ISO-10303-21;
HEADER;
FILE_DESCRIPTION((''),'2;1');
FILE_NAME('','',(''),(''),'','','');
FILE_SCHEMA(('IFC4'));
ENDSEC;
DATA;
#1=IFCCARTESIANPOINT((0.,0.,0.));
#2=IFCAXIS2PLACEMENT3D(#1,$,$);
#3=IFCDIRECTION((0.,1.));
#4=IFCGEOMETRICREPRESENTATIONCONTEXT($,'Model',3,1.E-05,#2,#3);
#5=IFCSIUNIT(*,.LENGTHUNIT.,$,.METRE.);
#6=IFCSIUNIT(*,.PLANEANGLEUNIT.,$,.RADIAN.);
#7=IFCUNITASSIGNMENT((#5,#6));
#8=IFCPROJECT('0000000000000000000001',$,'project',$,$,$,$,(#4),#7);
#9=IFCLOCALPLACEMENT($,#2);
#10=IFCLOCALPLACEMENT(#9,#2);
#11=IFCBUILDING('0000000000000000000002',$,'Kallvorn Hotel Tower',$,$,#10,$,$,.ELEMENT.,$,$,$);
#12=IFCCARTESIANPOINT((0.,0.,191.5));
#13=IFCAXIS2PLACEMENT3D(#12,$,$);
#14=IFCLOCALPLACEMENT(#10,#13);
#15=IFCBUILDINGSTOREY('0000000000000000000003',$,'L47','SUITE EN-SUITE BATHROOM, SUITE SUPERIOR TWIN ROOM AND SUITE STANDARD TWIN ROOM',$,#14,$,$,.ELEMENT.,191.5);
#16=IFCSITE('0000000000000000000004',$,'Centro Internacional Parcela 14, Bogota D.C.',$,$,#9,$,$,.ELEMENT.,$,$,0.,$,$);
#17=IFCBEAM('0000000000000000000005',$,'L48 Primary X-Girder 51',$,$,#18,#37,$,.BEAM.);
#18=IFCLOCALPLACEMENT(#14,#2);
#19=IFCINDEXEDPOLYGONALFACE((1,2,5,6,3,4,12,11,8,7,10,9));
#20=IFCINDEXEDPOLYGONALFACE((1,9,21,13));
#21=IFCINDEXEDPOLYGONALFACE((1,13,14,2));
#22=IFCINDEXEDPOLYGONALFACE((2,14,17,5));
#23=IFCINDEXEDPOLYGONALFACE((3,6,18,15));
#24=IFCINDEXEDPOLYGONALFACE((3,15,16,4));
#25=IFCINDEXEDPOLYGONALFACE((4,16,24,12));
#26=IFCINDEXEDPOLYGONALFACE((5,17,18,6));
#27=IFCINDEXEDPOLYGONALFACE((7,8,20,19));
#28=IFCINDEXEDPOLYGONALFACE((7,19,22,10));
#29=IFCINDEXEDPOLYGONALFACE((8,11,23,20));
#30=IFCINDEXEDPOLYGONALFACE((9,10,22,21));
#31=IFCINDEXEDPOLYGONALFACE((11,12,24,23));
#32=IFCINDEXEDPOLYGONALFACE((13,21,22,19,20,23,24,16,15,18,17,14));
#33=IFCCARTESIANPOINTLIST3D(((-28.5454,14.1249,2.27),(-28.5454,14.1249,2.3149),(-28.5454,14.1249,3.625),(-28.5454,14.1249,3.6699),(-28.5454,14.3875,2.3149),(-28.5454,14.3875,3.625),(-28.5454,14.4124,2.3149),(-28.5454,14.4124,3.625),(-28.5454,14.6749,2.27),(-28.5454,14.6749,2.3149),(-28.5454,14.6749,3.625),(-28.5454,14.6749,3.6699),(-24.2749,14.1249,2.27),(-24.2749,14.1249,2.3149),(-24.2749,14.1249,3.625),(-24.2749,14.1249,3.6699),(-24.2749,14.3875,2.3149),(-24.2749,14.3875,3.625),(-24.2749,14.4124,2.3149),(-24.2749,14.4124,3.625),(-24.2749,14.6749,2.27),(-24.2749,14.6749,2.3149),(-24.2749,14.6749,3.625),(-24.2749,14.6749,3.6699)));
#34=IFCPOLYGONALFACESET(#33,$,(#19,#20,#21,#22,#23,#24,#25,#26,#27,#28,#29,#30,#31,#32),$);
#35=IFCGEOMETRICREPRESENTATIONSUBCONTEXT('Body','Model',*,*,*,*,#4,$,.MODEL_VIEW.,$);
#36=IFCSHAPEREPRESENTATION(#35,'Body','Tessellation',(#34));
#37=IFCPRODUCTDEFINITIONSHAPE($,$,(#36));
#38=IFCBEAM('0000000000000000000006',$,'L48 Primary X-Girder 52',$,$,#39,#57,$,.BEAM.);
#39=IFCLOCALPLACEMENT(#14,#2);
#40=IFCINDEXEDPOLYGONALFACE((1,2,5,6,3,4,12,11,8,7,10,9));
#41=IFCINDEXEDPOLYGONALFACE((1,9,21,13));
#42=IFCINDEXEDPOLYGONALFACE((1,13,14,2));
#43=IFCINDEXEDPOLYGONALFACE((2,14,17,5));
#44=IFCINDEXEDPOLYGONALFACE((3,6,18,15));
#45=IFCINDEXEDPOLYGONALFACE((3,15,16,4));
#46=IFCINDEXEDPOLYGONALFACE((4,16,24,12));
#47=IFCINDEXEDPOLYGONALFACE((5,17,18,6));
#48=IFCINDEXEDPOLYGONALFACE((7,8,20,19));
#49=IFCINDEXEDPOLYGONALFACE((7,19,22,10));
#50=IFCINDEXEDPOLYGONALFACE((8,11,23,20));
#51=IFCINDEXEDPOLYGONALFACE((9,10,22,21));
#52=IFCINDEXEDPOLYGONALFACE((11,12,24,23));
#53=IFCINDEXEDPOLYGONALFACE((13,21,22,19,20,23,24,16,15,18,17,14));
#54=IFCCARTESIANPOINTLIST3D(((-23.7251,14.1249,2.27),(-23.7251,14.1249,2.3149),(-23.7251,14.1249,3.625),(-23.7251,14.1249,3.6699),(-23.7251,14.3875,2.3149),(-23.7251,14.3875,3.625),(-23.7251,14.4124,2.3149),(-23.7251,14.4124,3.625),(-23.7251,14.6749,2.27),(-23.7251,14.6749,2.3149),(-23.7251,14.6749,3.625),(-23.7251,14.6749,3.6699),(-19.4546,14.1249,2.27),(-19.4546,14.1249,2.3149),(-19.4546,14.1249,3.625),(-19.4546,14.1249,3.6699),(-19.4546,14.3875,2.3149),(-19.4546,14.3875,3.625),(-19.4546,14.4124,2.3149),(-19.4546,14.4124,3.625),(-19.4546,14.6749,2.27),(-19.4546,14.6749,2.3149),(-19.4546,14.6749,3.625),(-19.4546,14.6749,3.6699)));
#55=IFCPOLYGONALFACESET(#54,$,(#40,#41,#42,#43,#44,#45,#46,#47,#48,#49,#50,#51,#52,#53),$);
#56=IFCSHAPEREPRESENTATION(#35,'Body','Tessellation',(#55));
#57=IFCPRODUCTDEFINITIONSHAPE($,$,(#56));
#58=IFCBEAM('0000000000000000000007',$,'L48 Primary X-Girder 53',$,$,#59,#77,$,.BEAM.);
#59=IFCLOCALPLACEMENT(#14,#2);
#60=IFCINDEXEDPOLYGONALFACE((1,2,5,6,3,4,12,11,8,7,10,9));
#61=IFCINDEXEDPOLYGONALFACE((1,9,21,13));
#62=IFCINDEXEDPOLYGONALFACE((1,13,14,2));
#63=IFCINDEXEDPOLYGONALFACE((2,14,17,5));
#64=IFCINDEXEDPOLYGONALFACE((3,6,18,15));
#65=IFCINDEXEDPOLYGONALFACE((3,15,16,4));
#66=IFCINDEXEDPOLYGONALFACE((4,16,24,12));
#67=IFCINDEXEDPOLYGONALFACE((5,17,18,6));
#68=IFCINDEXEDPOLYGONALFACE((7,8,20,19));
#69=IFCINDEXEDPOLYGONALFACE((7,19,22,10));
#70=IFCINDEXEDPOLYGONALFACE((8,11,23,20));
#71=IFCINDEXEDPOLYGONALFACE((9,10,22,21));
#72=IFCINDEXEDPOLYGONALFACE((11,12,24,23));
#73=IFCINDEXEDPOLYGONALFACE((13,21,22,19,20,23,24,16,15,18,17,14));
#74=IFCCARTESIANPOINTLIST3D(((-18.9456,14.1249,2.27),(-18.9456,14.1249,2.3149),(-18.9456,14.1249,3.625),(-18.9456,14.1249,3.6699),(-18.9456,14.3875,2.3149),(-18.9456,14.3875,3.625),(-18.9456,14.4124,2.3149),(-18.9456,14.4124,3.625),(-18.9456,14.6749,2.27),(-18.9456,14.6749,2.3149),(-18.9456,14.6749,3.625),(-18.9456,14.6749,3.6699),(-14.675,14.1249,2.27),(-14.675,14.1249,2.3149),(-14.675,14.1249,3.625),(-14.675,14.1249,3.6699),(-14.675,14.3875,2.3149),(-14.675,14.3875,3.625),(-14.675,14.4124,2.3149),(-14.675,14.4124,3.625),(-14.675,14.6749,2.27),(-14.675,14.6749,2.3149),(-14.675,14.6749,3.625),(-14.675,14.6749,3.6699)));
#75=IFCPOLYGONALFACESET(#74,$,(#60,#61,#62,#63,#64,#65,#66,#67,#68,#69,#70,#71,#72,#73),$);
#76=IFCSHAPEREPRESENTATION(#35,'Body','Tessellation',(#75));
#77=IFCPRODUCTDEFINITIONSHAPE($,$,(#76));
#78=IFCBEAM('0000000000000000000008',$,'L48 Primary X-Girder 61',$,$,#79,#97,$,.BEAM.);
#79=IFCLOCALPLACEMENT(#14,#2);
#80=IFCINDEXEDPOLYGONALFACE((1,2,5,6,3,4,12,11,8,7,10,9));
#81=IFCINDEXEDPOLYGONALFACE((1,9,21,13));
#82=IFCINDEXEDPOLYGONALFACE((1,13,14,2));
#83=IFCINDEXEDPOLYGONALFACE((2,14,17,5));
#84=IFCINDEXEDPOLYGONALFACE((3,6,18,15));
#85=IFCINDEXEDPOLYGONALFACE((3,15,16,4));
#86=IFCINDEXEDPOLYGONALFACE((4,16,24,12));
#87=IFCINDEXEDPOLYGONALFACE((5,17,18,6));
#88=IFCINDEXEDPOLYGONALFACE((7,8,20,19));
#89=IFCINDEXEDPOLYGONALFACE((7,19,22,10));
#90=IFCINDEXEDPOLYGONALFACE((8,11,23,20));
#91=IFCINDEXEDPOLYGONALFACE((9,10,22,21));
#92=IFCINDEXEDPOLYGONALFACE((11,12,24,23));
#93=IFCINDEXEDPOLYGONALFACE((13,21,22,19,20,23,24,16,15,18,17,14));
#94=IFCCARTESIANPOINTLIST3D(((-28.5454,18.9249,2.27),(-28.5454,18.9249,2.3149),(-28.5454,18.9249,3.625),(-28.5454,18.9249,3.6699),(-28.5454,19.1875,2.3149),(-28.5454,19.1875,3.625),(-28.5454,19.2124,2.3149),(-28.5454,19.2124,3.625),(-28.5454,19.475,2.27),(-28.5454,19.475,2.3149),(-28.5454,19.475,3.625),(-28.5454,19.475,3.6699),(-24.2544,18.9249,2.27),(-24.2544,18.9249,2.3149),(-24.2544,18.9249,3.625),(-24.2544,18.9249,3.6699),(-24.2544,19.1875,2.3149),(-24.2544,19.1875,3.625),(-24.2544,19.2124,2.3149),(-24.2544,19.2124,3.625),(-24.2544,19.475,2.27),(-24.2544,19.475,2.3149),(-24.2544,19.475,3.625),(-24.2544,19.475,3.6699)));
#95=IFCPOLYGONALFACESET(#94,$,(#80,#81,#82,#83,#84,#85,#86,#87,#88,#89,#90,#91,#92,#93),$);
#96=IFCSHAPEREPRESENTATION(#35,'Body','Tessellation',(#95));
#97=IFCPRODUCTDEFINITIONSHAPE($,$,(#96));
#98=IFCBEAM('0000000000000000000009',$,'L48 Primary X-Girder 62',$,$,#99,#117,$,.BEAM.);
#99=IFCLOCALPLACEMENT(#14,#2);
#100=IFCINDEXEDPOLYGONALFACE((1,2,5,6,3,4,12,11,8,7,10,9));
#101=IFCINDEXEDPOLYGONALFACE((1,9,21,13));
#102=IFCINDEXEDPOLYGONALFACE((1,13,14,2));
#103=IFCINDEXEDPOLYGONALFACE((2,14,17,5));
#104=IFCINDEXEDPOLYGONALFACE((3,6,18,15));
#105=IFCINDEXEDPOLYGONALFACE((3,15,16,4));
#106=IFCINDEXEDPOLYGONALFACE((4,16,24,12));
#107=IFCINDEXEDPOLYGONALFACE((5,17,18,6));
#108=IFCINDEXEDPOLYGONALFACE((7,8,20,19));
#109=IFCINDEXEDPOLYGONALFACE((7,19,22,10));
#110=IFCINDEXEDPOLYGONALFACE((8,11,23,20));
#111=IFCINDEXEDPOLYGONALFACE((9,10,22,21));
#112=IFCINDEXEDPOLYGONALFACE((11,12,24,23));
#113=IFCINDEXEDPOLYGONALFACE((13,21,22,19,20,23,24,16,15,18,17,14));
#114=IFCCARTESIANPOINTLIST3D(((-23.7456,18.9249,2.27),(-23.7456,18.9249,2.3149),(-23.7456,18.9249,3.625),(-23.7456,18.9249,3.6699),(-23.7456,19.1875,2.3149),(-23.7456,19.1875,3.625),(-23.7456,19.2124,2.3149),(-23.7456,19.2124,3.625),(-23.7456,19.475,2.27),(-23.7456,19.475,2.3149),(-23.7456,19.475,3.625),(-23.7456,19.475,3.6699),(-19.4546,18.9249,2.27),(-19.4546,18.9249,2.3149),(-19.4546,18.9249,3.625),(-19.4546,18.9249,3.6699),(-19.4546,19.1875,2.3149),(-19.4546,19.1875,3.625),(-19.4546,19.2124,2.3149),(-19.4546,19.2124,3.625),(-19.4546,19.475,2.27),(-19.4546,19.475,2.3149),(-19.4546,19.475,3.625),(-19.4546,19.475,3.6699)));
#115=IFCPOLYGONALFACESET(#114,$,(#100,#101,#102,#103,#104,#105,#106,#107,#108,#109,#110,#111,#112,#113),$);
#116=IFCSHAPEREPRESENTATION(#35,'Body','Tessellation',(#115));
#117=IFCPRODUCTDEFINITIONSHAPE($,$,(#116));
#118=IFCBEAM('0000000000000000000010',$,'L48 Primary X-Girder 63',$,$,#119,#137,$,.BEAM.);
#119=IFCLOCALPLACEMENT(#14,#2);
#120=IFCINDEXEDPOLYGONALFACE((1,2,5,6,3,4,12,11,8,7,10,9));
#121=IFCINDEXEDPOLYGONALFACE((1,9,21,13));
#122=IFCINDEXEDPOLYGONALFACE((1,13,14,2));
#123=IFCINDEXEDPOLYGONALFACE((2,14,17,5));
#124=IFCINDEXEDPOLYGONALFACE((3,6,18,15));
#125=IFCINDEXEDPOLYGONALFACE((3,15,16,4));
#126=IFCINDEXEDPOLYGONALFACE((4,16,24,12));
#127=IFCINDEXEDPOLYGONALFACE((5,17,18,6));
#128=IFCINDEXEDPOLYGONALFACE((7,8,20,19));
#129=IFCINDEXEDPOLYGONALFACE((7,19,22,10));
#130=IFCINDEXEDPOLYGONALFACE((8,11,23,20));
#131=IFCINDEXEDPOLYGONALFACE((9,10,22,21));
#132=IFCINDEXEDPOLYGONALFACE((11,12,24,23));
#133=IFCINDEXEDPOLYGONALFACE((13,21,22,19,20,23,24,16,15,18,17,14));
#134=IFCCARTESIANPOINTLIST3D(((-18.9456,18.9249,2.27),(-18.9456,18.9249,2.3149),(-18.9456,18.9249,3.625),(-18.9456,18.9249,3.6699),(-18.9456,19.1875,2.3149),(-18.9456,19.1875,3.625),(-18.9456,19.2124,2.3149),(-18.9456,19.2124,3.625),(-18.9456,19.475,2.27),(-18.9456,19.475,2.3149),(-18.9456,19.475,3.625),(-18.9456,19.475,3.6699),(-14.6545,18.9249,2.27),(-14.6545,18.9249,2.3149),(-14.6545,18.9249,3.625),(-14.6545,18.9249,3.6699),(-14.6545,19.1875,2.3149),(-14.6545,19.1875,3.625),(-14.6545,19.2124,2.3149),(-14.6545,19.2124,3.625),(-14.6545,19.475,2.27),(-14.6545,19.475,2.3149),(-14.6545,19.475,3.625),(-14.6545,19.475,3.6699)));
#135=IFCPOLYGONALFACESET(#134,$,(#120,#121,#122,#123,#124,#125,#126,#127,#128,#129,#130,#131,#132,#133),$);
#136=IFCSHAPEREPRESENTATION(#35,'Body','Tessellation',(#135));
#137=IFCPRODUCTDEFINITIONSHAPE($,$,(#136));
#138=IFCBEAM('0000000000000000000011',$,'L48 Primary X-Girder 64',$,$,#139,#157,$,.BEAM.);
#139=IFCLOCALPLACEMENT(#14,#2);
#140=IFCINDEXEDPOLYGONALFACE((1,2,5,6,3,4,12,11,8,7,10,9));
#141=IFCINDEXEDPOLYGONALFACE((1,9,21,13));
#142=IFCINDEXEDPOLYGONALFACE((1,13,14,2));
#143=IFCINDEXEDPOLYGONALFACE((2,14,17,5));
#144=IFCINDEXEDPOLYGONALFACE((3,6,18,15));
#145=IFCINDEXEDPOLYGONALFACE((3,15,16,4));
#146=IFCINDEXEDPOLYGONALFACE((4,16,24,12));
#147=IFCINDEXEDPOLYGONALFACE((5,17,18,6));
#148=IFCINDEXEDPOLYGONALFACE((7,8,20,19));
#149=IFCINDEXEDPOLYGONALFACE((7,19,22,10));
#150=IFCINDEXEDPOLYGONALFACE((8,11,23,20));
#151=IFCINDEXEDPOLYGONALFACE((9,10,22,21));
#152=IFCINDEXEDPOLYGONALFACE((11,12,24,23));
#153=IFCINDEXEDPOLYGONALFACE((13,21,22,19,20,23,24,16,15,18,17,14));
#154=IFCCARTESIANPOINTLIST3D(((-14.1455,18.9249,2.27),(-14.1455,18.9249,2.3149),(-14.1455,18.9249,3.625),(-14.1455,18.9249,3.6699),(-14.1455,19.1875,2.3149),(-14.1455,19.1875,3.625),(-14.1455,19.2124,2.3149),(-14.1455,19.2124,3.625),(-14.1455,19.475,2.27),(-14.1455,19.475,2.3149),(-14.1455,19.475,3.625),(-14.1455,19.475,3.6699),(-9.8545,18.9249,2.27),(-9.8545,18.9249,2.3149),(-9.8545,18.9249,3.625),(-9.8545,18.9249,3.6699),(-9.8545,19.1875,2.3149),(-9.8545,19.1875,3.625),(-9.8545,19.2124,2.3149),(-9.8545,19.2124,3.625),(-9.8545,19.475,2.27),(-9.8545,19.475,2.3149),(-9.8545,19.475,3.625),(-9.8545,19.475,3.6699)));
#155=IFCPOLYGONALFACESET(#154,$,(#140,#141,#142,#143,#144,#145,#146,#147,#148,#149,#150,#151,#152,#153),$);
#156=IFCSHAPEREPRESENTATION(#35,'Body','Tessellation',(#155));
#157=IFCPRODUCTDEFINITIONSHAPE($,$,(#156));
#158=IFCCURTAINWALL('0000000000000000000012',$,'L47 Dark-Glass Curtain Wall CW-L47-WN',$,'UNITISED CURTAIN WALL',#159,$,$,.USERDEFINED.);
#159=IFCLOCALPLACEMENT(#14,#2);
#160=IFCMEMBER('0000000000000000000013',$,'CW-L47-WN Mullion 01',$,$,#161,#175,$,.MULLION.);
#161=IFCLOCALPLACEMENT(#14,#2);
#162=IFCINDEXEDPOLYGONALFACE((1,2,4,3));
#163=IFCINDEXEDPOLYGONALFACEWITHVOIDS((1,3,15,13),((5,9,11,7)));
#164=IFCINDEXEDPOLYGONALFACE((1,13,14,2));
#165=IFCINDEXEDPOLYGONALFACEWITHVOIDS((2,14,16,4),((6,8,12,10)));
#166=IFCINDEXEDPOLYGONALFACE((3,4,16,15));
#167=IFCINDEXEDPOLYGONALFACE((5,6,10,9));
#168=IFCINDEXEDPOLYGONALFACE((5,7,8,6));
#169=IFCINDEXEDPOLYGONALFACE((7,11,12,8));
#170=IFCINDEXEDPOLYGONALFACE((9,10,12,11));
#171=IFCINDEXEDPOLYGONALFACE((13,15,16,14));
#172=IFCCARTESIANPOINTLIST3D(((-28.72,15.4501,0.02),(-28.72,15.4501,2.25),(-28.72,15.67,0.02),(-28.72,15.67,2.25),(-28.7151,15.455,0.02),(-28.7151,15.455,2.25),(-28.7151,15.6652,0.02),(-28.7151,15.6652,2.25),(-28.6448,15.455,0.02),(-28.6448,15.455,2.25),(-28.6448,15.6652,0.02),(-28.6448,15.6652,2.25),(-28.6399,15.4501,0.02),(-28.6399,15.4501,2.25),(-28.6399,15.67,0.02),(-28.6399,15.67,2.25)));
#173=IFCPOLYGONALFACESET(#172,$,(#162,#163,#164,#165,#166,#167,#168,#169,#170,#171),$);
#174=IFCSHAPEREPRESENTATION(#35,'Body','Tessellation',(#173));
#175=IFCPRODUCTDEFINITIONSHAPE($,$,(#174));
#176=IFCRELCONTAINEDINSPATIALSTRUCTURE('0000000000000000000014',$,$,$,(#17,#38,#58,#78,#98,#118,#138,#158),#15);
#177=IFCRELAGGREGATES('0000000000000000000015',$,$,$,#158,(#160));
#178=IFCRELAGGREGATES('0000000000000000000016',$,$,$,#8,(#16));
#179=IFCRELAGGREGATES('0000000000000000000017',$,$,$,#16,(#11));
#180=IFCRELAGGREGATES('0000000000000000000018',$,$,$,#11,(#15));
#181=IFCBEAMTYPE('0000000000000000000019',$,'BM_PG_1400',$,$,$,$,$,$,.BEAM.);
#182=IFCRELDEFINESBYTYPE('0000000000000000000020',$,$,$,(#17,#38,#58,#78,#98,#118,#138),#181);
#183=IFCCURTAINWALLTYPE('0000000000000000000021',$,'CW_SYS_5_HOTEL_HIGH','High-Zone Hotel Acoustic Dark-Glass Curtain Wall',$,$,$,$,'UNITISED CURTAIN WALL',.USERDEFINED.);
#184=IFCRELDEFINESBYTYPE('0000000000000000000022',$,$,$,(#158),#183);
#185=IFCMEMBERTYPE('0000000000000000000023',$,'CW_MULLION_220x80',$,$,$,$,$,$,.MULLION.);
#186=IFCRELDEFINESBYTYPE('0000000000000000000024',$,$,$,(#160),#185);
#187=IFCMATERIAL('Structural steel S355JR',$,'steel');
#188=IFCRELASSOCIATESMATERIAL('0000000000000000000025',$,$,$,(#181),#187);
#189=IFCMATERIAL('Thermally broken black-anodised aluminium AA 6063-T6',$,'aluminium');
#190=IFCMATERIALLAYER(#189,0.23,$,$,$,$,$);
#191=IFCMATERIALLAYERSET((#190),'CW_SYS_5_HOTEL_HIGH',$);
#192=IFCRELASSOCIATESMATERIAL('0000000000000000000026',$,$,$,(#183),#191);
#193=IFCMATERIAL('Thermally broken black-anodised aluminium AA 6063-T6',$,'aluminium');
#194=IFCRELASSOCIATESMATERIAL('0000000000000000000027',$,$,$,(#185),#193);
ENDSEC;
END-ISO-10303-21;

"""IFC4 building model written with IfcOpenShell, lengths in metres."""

from ifc_helpers import new_model, si_unit, direction, frame, origin, origin_2d, place, context, subcontext, project, spatial, hollow_rectangle, i_section, extrude, material, layer, layer_set, material_profile, profile_set, type_object, element, aggregate, save


model = new_model("IFC4")

# Units and contexts
model_context = context("Model", 3, precision=1e-05, world=origin(), true_north=direction((0.0, 1.0)))
body_context = subcontext(model_context, "Body", "Model", "MODEL_VIEW")
ifc_project = project(units=[si_unit("LENGTHUNIT", "METRE"), si_unit("PLANEANGLEUNIT", "RADIAN")], contexts=[model_context])

# Site, building, storey
site_placement = place(None, origin())
site = spatial("IfcSite", under=ifc_project, at=site_placement, Name="Centro Internacional Parcela 14, Bogota D.C.", CompositionType="ELEMENT", RefElevation=0.0)
building_placement = place(site_placement, origin())
building = spatial("IfcBuilding", under=site, at=building_placement, Name="Kallvorn Hotel Tower", CompositionType="ELEMENT")
storey_placement = place(building_placement, frame((0.0, 0.0, 191.5)))
storey = spatial("IfcBuildingStorey", under=building, at=storey_placement, Name="L47", Description="SUITE EN-SUITE BATHROOM, SUITE SUPERIOR TWIN ROOM AND SUITE STANDARD TWIN ROOM", CompositionType="ELEMENT", Elevation=191.5)

# Beams
ifc_material_1 = material(Name="Structural steel S355JR", Category="steel")
ifc_material_profile_1 = material_profile(ifc_material_1, i_section(OverallWidth=0.55, OverallDepth=1.3999, WebThickness=0.0249, FlangeThickness=0.0449, at=origin_2d()), Name="PG 1400x550x25x45")
ifc_profile_set_1 = profile_set([ifc_material_profile_1], Name="Structural steel S355JR")
beam_type_1 = type_object("IfcBeamType", Name="BM_PG_1400", PredefinedType="BEAM", material=ifc_profile_set_1)
for number, where, z_axis, x_axis, name in (
    (1, (-28.5454, 14.3999, 2.97), (1.0, 0.0, 0.0), (0.0, 1.0, 0.0), "L48 Primary X-Girder 51"),
    (2, (-23.7251, 14.3999, 2.97), (1.0, 0.0, 0.0), (0.0, 1.0, 0.0), "L48 Primary X-Girder 52"),
    (3, (-18.9456, 14.3999, 2.97), (1.0, 0.0, 0.0), (0.0, 1.0, 0.0), "L48 Primary X-Girder 53"),
):
    element("IfcBeam", number, at=place(storey_placement, frame(where, z_axis=z_axis, x_axis=x_axis)), inside=storey, type_object=beam_type_1, Name=name, PredefinedType="BEAM", context=body_context, shape_type="SweptSolid", body=[
        extrude(i_section(OverallWidth=0.55, OverallDepth=1.3999, WebThickness=0.0249, FlangeThickness=0.0449, at=origin_2d()), origin(), (0.0, 0.0, 1.0), 4.2705),
    ])
for number, where, z_axis, x_axis, name in (
    (4, (-28.5454, 19.2, 2.97), (1.0, 0.0, 0.0), (0.0, 1.0, 0.0), "L48 Primary X-Girder 61"),
    (5, (-23.7456, 19.2, 2.97), (1.0, 0.0, 0.0), (0.0, 1.0, 0.0), "L48 Primary X-Girder 62"),
    (6, (-18.9456, 19.2, 2.97), (1.0, 0.0, 0.0), (0.0, 1.0, 0.0), "L48 Primary X-Girder 63"),
    (7, (-14.1455, 19.2, 2.97), (1.0, 0.0, 0.0), (0.0, 1.0, 0.0), "L48 Primary X-Girder 64"),
):
    element("IfcBeam", number, at=place(storey_placement, frame(where, z_axis=z_axis, x_axis=x_axis)), inside=storey, type_object=beam_type_1, Name=name, PredefinedType="BEAM", context=body_context, shape_type="SweptSolid", body=[
        extrude(i_section(OverallWidth=0.55, OverallDepth=1.3999, WebThickness=0.0249, FlangeThickness=0.0449, at=origin_2d()), origin(), (0.0, 0.0, 1.0), 4.291),
    ])

# Curtain wall, member
ifc_material_2 = material(Name="Thermally broken black-anodised aluminium AA 6063-T6", Category="aluminium")
ifc_layer_1 = layer(ifc_material_2, 0.23)
ifc_layer_set_1 = layer_set([ifc_layer_1], Name="CW_SYS_5_HOTEL_HIGH")
curtain_wall_type = type_object("IfcCurtainWallType", Name="CW_SYS_5_HOTEL_HIGH", Description="High-Zone Hotel Acoustic Dark-Glass Curtain Wall", ElementType="UNITISED CURTAIN WALL", PredefinedType="USERDEFINED", material=ifc_layer_set_1)
curtain_wall_placement = place(storey_placement, origin())
curtain_wall = element("IfcCurtainWall", 8, at=curtain_wall_placement, inside=storey, type_object=curtain_wall_type, Name="L47 Dark-Glass Curtain Wall CW-L47-WN", ObjectType="UNITISED CURTAIN WALL", PredefinedType="USERDEFINED")
ifc_material_3 = material(Name="Thermally broken black-anodised aluminium AA 6063-T6", Category="aluminium")
ifc_material_profile_2 = material_profile(ifc_material_3, hollow_rectangle(XDim=0.0801, YDim=0.22, WallThickness=0.0049, at=origin_2d()), Name="MUL 220x80")
ifc_profile_set_2 = profile_set([ifc_material_profile_2], Name="Thermally broken black-anodised aluminium AA 6063-T6")
member_type_1 = type_object("IfcMemberType", Name="CW_MULLION_220x80", PredefinedType="MULLION", material=ifc_profile_set_2)
member_placement = place(storey_placement, frame((-28.6799, 15.5601, 0.02), z_axis=(0.0, 0.0, 1.0), x_axis=(1.0, 0.0, 0.0)))
member = element("IfcMember", 9, at=member_placement, type_object=member_type_1, Name="CW-L47-WN Mullion 01", PredefinedType="MULLION", context=body_context, shape_type="SweptSolid", body=[
    extrude(hollow_rectangle(XDim=0.0801, YDim=0.22, WallThickness=0.0049, at=origin_2d()), origin(), (0.0, 0.0, 1.0), 2.23),
])
aggregate(curtain_wall, [member])

save(model, "model.ifc")
